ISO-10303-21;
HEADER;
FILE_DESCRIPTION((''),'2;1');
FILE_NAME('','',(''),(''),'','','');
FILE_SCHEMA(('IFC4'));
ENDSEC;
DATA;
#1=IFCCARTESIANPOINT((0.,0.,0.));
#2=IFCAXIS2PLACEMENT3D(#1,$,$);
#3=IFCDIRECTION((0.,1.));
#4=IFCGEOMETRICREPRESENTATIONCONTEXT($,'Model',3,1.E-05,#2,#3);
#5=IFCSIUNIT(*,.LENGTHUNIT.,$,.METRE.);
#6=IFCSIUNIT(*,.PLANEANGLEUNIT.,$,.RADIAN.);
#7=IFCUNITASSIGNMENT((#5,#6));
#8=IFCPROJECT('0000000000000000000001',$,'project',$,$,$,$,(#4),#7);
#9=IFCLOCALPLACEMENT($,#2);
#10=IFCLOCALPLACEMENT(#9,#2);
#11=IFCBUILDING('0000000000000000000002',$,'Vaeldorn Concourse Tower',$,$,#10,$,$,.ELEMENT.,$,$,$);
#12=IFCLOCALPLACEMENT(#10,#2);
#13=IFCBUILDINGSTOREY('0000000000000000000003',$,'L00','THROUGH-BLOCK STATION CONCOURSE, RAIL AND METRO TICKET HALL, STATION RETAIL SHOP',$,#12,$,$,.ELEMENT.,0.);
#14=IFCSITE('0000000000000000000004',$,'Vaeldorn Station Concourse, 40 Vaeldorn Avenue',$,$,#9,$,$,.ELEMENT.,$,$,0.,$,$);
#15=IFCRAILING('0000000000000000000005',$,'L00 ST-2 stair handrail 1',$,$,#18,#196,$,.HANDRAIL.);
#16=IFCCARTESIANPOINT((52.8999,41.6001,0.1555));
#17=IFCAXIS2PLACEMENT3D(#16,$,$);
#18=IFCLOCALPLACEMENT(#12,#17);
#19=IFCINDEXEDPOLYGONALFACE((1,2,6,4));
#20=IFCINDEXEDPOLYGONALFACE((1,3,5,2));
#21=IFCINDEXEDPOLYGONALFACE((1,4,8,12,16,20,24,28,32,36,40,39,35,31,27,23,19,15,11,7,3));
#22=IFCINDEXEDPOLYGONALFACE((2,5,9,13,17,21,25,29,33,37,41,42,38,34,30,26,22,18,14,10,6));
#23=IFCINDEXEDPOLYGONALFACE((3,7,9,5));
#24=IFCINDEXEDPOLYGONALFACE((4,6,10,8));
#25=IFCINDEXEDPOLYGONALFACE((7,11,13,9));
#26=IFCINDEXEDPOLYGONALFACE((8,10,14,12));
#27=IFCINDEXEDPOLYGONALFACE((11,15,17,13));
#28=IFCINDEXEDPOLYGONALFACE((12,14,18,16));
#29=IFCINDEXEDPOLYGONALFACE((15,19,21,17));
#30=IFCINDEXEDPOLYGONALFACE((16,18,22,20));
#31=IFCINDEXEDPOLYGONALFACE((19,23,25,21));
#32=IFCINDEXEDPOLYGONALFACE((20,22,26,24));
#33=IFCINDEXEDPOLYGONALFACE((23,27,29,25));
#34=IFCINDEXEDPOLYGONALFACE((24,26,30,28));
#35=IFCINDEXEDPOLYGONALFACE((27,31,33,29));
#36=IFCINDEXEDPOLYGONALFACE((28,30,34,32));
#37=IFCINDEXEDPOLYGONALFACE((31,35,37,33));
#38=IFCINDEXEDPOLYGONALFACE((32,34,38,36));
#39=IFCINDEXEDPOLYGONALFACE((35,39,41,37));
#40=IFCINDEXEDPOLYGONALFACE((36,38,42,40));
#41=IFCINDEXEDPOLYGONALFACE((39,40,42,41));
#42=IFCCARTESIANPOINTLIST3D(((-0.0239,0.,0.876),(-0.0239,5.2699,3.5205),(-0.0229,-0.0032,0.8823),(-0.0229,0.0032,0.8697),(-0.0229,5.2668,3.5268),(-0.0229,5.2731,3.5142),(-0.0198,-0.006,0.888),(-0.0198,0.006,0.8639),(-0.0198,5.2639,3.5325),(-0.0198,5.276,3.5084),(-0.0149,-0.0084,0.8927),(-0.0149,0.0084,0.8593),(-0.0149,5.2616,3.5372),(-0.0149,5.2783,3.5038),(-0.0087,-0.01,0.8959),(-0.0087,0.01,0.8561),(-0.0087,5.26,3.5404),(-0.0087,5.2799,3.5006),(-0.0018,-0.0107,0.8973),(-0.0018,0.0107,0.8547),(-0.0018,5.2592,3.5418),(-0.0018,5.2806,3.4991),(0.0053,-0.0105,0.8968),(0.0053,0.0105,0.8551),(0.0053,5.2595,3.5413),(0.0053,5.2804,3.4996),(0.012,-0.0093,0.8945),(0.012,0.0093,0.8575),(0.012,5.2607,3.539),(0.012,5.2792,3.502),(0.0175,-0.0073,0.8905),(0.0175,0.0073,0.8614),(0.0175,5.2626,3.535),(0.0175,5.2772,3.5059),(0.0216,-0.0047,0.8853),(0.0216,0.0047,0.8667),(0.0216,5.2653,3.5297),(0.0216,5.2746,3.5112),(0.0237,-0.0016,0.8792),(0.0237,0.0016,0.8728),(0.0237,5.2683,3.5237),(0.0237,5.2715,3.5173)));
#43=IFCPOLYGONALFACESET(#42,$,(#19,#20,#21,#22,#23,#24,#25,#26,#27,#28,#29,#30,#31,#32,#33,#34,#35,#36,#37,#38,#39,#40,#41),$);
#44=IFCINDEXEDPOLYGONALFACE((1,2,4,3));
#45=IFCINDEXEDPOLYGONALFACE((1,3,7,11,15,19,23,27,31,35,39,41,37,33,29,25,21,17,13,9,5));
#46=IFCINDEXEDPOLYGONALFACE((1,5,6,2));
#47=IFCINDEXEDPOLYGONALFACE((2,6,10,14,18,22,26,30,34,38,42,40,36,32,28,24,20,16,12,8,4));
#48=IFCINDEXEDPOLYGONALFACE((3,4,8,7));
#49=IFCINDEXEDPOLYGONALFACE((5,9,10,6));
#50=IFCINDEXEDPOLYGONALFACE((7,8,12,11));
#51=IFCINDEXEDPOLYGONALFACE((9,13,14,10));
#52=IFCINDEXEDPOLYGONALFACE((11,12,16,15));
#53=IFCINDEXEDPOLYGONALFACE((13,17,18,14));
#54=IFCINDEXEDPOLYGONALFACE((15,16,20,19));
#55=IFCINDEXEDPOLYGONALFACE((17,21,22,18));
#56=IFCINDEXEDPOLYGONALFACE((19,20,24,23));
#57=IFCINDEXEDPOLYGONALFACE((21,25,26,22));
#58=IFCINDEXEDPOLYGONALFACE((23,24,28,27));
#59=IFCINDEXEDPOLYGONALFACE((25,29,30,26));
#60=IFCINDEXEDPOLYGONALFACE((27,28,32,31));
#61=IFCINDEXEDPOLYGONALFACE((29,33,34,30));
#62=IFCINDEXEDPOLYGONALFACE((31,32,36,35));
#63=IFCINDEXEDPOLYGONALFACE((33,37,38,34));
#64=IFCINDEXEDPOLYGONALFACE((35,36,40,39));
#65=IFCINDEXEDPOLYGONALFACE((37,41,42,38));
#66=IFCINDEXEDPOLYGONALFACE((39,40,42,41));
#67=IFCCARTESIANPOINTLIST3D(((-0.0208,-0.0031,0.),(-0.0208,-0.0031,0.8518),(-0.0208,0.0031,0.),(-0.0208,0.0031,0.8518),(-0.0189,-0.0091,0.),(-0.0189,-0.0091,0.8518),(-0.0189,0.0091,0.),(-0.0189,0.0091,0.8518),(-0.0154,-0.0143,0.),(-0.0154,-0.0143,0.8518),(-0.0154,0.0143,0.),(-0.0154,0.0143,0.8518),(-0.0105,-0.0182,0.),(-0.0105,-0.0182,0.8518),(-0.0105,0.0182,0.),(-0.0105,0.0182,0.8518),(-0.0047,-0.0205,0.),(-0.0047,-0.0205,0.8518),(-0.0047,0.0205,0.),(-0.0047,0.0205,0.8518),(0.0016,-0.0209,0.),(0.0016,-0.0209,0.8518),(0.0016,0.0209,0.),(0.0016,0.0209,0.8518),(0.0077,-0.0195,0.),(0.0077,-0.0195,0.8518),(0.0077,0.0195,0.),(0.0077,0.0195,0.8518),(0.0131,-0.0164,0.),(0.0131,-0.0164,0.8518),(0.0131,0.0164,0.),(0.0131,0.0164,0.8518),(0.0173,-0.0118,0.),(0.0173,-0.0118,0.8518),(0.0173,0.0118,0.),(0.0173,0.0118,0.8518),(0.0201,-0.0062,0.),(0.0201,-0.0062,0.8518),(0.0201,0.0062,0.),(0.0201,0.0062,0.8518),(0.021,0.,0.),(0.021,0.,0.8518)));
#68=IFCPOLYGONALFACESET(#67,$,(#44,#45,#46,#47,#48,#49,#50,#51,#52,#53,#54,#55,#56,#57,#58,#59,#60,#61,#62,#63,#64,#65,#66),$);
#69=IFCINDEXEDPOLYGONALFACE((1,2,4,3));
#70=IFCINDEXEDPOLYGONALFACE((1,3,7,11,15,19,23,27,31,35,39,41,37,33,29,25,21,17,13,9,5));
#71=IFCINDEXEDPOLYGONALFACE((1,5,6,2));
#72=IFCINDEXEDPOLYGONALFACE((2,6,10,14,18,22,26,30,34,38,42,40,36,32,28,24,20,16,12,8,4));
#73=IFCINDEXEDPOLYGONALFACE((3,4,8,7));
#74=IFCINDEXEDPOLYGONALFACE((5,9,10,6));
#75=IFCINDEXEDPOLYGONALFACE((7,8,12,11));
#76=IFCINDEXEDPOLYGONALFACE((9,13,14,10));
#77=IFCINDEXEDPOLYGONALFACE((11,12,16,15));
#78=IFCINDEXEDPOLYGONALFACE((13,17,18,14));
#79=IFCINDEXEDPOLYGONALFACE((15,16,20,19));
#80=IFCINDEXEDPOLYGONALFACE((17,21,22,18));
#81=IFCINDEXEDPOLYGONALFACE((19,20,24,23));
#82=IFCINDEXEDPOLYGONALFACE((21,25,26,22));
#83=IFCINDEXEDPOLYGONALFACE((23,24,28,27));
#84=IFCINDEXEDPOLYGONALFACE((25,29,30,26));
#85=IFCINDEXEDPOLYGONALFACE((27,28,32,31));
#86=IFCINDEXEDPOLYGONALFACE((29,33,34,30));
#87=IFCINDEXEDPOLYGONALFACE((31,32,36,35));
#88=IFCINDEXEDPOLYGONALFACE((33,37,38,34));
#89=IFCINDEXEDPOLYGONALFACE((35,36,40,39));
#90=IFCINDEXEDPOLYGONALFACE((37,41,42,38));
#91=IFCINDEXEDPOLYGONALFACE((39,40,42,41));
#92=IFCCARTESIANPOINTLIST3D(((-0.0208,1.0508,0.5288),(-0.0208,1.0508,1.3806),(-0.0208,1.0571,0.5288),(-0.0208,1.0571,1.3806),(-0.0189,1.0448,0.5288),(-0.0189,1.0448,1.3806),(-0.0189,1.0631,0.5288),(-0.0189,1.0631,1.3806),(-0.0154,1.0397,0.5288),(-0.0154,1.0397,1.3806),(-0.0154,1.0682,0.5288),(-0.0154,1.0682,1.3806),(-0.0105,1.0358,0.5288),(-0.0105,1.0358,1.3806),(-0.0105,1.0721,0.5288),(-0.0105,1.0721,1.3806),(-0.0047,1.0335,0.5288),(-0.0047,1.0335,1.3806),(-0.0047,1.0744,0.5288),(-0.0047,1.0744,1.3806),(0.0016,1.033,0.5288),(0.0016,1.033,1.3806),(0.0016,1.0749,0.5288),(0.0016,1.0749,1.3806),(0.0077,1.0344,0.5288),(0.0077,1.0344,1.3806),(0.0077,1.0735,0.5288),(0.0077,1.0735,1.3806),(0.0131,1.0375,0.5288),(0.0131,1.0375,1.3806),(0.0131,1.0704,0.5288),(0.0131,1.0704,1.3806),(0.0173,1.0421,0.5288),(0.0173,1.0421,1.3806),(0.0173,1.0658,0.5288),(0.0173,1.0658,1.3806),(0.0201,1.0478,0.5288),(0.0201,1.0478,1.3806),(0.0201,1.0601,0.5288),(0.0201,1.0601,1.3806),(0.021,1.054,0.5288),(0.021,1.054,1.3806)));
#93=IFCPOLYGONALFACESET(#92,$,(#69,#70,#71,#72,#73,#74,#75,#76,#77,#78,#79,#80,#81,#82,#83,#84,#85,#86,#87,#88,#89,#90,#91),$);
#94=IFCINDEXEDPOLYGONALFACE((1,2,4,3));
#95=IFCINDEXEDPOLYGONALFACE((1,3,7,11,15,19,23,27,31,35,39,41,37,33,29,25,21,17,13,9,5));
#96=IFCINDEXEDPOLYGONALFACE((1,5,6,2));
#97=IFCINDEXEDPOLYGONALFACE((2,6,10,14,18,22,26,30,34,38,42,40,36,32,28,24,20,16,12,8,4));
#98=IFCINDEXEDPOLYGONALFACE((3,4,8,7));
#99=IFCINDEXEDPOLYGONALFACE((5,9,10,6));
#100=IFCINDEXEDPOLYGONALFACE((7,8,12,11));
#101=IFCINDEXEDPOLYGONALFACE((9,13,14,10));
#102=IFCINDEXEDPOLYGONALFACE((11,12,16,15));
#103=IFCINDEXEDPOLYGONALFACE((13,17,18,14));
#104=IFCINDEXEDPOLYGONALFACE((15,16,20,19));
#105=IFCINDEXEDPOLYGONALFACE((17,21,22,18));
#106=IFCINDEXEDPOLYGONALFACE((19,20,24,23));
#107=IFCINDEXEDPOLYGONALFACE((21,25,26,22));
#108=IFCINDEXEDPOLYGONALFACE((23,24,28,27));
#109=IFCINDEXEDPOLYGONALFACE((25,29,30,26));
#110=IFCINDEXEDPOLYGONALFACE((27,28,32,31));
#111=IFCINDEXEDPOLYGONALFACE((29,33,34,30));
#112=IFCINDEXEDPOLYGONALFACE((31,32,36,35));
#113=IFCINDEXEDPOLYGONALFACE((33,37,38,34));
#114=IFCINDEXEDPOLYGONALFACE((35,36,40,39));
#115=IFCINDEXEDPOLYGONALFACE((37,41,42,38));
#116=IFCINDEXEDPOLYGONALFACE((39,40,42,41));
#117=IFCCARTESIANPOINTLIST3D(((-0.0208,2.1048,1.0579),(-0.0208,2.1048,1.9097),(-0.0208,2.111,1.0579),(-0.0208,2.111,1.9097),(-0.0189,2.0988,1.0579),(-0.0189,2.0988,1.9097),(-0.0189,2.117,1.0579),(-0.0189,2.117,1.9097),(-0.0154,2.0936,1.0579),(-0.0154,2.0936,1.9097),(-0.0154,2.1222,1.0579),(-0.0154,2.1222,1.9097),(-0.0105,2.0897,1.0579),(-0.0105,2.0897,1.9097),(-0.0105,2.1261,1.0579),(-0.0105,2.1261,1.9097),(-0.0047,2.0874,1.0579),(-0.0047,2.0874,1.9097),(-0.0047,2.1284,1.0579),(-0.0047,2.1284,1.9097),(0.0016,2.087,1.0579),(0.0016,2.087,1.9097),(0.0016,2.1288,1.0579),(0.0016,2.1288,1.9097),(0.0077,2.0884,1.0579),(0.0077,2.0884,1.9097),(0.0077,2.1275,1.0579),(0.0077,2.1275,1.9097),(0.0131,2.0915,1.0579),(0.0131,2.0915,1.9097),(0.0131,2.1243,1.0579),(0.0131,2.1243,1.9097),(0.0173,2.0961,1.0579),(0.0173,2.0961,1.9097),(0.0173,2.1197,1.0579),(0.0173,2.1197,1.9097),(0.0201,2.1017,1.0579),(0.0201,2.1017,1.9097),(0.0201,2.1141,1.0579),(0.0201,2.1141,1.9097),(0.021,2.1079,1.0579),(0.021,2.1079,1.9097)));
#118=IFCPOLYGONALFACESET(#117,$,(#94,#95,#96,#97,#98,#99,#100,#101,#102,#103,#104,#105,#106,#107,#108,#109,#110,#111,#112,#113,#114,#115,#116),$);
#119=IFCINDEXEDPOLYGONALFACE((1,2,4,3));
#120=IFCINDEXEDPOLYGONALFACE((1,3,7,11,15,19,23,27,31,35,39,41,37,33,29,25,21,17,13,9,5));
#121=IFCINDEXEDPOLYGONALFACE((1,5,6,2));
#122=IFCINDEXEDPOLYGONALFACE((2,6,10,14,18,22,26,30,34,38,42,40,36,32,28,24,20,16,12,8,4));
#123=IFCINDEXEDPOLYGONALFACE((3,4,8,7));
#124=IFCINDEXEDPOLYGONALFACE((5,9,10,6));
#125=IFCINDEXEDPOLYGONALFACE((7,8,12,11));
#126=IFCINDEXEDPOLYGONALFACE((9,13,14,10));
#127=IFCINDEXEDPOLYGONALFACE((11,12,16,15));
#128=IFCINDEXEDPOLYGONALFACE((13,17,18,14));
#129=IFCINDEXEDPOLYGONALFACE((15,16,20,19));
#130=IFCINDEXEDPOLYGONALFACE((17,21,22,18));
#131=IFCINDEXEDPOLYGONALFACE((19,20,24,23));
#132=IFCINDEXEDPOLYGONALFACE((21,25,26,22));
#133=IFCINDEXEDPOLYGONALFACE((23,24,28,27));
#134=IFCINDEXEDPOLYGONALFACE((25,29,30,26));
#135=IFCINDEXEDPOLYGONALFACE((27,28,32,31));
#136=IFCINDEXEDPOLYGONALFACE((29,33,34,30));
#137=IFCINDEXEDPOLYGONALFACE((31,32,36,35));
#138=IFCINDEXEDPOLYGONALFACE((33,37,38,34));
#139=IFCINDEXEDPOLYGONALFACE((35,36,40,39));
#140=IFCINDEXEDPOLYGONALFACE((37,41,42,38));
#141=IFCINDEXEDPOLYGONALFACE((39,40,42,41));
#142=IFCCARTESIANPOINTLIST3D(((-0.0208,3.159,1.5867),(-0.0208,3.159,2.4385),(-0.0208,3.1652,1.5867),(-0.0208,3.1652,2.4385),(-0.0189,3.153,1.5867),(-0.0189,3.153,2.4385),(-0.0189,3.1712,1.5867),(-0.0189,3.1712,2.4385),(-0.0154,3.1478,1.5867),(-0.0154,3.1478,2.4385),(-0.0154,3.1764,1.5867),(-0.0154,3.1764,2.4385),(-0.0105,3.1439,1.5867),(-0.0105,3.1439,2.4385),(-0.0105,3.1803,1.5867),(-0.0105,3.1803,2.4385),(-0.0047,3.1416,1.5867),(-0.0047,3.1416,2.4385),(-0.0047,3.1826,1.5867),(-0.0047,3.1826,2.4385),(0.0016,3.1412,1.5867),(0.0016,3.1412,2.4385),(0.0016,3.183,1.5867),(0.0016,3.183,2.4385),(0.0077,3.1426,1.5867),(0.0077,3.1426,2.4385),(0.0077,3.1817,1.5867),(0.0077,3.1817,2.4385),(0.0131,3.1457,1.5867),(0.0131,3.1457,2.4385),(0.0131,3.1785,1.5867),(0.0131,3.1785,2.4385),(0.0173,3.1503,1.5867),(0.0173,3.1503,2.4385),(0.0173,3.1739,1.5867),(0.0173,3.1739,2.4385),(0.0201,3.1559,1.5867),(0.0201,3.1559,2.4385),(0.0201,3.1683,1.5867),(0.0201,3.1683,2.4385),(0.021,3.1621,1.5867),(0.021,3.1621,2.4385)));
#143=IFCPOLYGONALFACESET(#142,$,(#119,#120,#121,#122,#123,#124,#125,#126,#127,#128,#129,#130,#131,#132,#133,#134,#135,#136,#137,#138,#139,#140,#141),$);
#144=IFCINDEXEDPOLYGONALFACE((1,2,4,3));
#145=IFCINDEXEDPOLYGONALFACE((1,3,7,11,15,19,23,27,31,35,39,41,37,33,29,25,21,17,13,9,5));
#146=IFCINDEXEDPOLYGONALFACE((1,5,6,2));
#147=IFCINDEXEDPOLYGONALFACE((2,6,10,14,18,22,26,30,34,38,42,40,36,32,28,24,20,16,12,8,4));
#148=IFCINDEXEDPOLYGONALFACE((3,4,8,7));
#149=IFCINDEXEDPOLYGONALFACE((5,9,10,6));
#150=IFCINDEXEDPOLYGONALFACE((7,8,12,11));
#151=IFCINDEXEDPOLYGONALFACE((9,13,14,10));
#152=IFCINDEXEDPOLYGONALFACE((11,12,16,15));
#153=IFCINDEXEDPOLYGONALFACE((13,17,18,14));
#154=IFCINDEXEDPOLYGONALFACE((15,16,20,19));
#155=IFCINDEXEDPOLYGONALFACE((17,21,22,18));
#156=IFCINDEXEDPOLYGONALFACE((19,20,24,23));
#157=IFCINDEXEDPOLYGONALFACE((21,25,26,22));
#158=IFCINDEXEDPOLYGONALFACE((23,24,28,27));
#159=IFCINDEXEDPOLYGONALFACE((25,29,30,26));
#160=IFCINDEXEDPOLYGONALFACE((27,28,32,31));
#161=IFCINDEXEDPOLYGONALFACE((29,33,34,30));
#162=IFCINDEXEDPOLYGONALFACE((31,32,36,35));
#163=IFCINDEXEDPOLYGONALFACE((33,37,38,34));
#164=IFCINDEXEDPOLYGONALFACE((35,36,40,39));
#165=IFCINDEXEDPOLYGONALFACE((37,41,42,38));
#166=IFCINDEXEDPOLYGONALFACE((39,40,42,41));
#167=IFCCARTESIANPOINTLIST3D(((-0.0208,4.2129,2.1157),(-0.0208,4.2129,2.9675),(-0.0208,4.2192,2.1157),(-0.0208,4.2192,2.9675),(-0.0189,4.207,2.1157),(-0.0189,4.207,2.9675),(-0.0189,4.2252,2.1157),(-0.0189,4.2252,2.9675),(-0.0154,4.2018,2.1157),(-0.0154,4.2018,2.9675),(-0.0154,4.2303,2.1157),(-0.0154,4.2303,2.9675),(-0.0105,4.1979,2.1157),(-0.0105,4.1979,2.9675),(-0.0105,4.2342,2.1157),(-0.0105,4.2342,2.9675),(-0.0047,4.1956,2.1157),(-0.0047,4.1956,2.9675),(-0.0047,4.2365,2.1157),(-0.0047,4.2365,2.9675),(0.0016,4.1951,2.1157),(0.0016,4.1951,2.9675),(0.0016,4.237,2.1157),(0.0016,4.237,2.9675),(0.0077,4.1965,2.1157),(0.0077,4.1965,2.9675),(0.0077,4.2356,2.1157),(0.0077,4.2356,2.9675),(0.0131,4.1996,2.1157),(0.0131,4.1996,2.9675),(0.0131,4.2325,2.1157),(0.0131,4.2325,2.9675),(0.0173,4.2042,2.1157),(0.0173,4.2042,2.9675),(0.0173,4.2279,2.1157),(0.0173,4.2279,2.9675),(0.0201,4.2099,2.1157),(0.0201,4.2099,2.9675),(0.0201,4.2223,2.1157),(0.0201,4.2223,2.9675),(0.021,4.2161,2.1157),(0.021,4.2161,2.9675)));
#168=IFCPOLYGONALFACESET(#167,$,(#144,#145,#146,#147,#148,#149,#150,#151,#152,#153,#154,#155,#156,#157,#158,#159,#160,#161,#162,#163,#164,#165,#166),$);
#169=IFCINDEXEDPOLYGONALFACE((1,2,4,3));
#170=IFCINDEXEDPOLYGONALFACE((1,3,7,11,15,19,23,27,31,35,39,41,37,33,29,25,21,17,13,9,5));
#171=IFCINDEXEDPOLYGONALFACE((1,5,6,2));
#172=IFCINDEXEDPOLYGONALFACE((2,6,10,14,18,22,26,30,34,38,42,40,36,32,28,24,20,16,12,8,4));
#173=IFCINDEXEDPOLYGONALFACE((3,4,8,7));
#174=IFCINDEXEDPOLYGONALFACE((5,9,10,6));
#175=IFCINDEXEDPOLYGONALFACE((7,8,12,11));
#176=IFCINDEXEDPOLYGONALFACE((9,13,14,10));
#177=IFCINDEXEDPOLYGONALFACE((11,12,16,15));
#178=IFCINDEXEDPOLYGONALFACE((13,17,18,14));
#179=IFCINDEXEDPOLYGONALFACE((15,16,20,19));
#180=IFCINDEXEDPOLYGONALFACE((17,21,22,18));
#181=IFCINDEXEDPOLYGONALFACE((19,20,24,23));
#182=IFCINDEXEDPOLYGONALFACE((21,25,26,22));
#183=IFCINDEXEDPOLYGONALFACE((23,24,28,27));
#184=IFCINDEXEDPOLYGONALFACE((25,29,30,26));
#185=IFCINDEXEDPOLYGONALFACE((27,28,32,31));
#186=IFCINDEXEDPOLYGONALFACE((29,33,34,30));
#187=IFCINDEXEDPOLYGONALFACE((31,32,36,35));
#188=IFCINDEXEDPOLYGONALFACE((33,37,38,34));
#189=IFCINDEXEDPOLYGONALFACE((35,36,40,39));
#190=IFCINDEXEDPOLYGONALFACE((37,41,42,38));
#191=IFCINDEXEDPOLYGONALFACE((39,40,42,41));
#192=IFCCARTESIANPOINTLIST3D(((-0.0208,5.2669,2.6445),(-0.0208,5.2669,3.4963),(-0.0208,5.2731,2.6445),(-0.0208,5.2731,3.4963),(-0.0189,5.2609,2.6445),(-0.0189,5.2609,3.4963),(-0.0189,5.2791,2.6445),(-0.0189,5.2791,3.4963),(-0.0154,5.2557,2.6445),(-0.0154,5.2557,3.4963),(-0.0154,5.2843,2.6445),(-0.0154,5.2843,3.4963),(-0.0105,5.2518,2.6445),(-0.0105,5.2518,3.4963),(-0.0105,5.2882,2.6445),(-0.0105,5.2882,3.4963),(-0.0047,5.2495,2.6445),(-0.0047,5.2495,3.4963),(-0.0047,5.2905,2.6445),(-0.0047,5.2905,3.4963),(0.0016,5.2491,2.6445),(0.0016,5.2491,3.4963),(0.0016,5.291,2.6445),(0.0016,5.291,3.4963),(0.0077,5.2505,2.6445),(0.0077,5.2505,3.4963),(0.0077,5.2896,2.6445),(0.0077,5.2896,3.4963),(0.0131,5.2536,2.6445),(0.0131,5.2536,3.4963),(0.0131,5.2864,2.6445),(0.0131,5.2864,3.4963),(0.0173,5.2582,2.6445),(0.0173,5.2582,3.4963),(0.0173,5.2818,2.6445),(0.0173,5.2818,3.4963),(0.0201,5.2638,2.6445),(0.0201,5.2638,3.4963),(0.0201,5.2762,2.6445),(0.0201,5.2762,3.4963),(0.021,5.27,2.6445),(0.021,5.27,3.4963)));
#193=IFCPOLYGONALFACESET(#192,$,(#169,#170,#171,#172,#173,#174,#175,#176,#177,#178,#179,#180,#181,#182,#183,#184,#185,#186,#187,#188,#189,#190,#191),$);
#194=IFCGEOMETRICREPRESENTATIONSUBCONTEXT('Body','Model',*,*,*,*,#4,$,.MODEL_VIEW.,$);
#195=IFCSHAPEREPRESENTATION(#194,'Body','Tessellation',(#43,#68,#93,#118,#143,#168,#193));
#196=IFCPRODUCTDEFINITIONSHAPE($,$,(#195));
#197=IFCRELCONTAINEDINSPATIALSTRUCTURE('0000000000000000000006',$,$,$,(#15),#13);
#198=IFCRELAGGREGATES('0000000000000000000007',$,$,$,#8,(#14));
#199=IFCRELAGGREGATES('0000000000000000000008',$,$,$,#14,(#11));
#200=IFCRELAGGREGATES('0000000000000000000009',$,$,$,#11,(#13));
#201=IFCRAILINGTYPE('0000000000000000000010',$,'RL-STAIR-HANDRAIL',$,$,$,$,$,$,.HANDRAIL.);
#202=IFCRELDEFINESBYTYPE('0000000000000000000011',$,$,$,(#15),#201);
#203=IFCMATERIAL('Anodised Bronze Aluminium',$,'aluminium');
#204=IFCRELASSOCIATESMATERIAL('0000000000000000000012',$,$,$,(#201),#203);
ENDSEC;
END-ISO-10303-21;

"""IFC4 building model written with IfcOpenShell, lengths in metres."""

from ifc_helpers import new_model, si_unit, direction, frame, origin, origin_2d, place, context, subcontext, project, spatial, circle, extrude, material, type_object, element, save


model = new_model("IFC4")

# Units and contexts
model_context = context("Model", 3, precision=1e-05, world=origin(), true_north=direction((0.0, 1.0)))
body_context = subcontext(model_context, "Body", "Model", "MODEL_VIEW")
ifc_project = project(units=[si_unit("LENGTHUNIT", "METRE"), si_unit("PLANEANGLEUNIT", "RADIAN")], contexts=[model_context])

# Site, building, storey
site_placement = place(None, origin())
site = spatial("IfcSite", under=ifc_project, at=site_placement, Name="Vaeldorn Station Concourse, 40 Vaeldorn Avenue", CompositionType="ELEMENT", RefElevation=0.0)
building_placement = place(site_placement, origin())
building = spatial("IfcBuilding", under=site, at=building_placement, Name="Vaeldorn Concourse Tower", CompositionType="ELEMENT")
storey_placement = place(building_placement, origin())
storey = spatial("IfcBuildingStorey", under=building, at=storey_placement, Name="L00", Description="THROUGH-BLOCK STATION CONCOURSE, RAIL AND METRO TICKET HALL, STATION RETAIL SHOP", CompositionType="ELEMENT", Elevation=0.0)

# Shared definitions
ifc_material_1 = material(Name="Anodised Bronze Aluminium", Category="aluminium")

# Railing
railing_type_1 = type_object("IfcRailingType", Name="RL-STAIR-HANDRAIL", PredefinedType="HANDRAIL", material=ifc_material_1)
for number, where, name in (
    (1, (52.8999, 41.6001, 0.1555), "L00 ST-2 stair handrail 1"),
):
    element("IfcRailing", number, at=place(storey_placement, frame(where)), inside=storey, type_object=railing_type_1, Name=name, PredefinedType="HANDRAIL", context=body_context, shape_type="SweptSolid", body=[
        extrude(circle(Radius=0.0239, at=origin_2d()), frame((0.0, 0.0, 0.876), z_axis=(0.0, 0.89378, 0.448505), x_axis=(-1.0, 0.0, 0.0)), (0.0, 0.0, 1.0), 5.8962),
        extrude(circle(Radius=0.021, at=origin_2d()), origin(), (0.0, 0.0, 1.0), 0.8518),
        extrude(circle(Radius=0.021, at=origin_2d()), frame((0.0, 1.054, 0.5288)), (0.0, 0.0, 1.0), 0.8518),
        extrude(circle(Radius=0.021, at=origin_2d()), frame((0.0, 2.1079, 1.0579)), (0.0, 0.0, 1.0), 0.8518),
        extrude(circle(Radius=0.021, at=origin_2d()), frame((0.0, 3.1621, 1.5867)), (0.0, 0.0, 1.0), 0.8518),
        extrude(circle(Radius=0.021, at=origin_2d()), frame((0.0, 4.2161, 2.1157)), (0.0, 0.0, 1.0), 0.8518),
        extrude(circle(Radius=0.021, at=origin_2d()), frame((0.0, 5.27, 2.6445)), (0.0, 0.0, 1.0), 0.8518),
    ])

save(model, "model.ifc")
